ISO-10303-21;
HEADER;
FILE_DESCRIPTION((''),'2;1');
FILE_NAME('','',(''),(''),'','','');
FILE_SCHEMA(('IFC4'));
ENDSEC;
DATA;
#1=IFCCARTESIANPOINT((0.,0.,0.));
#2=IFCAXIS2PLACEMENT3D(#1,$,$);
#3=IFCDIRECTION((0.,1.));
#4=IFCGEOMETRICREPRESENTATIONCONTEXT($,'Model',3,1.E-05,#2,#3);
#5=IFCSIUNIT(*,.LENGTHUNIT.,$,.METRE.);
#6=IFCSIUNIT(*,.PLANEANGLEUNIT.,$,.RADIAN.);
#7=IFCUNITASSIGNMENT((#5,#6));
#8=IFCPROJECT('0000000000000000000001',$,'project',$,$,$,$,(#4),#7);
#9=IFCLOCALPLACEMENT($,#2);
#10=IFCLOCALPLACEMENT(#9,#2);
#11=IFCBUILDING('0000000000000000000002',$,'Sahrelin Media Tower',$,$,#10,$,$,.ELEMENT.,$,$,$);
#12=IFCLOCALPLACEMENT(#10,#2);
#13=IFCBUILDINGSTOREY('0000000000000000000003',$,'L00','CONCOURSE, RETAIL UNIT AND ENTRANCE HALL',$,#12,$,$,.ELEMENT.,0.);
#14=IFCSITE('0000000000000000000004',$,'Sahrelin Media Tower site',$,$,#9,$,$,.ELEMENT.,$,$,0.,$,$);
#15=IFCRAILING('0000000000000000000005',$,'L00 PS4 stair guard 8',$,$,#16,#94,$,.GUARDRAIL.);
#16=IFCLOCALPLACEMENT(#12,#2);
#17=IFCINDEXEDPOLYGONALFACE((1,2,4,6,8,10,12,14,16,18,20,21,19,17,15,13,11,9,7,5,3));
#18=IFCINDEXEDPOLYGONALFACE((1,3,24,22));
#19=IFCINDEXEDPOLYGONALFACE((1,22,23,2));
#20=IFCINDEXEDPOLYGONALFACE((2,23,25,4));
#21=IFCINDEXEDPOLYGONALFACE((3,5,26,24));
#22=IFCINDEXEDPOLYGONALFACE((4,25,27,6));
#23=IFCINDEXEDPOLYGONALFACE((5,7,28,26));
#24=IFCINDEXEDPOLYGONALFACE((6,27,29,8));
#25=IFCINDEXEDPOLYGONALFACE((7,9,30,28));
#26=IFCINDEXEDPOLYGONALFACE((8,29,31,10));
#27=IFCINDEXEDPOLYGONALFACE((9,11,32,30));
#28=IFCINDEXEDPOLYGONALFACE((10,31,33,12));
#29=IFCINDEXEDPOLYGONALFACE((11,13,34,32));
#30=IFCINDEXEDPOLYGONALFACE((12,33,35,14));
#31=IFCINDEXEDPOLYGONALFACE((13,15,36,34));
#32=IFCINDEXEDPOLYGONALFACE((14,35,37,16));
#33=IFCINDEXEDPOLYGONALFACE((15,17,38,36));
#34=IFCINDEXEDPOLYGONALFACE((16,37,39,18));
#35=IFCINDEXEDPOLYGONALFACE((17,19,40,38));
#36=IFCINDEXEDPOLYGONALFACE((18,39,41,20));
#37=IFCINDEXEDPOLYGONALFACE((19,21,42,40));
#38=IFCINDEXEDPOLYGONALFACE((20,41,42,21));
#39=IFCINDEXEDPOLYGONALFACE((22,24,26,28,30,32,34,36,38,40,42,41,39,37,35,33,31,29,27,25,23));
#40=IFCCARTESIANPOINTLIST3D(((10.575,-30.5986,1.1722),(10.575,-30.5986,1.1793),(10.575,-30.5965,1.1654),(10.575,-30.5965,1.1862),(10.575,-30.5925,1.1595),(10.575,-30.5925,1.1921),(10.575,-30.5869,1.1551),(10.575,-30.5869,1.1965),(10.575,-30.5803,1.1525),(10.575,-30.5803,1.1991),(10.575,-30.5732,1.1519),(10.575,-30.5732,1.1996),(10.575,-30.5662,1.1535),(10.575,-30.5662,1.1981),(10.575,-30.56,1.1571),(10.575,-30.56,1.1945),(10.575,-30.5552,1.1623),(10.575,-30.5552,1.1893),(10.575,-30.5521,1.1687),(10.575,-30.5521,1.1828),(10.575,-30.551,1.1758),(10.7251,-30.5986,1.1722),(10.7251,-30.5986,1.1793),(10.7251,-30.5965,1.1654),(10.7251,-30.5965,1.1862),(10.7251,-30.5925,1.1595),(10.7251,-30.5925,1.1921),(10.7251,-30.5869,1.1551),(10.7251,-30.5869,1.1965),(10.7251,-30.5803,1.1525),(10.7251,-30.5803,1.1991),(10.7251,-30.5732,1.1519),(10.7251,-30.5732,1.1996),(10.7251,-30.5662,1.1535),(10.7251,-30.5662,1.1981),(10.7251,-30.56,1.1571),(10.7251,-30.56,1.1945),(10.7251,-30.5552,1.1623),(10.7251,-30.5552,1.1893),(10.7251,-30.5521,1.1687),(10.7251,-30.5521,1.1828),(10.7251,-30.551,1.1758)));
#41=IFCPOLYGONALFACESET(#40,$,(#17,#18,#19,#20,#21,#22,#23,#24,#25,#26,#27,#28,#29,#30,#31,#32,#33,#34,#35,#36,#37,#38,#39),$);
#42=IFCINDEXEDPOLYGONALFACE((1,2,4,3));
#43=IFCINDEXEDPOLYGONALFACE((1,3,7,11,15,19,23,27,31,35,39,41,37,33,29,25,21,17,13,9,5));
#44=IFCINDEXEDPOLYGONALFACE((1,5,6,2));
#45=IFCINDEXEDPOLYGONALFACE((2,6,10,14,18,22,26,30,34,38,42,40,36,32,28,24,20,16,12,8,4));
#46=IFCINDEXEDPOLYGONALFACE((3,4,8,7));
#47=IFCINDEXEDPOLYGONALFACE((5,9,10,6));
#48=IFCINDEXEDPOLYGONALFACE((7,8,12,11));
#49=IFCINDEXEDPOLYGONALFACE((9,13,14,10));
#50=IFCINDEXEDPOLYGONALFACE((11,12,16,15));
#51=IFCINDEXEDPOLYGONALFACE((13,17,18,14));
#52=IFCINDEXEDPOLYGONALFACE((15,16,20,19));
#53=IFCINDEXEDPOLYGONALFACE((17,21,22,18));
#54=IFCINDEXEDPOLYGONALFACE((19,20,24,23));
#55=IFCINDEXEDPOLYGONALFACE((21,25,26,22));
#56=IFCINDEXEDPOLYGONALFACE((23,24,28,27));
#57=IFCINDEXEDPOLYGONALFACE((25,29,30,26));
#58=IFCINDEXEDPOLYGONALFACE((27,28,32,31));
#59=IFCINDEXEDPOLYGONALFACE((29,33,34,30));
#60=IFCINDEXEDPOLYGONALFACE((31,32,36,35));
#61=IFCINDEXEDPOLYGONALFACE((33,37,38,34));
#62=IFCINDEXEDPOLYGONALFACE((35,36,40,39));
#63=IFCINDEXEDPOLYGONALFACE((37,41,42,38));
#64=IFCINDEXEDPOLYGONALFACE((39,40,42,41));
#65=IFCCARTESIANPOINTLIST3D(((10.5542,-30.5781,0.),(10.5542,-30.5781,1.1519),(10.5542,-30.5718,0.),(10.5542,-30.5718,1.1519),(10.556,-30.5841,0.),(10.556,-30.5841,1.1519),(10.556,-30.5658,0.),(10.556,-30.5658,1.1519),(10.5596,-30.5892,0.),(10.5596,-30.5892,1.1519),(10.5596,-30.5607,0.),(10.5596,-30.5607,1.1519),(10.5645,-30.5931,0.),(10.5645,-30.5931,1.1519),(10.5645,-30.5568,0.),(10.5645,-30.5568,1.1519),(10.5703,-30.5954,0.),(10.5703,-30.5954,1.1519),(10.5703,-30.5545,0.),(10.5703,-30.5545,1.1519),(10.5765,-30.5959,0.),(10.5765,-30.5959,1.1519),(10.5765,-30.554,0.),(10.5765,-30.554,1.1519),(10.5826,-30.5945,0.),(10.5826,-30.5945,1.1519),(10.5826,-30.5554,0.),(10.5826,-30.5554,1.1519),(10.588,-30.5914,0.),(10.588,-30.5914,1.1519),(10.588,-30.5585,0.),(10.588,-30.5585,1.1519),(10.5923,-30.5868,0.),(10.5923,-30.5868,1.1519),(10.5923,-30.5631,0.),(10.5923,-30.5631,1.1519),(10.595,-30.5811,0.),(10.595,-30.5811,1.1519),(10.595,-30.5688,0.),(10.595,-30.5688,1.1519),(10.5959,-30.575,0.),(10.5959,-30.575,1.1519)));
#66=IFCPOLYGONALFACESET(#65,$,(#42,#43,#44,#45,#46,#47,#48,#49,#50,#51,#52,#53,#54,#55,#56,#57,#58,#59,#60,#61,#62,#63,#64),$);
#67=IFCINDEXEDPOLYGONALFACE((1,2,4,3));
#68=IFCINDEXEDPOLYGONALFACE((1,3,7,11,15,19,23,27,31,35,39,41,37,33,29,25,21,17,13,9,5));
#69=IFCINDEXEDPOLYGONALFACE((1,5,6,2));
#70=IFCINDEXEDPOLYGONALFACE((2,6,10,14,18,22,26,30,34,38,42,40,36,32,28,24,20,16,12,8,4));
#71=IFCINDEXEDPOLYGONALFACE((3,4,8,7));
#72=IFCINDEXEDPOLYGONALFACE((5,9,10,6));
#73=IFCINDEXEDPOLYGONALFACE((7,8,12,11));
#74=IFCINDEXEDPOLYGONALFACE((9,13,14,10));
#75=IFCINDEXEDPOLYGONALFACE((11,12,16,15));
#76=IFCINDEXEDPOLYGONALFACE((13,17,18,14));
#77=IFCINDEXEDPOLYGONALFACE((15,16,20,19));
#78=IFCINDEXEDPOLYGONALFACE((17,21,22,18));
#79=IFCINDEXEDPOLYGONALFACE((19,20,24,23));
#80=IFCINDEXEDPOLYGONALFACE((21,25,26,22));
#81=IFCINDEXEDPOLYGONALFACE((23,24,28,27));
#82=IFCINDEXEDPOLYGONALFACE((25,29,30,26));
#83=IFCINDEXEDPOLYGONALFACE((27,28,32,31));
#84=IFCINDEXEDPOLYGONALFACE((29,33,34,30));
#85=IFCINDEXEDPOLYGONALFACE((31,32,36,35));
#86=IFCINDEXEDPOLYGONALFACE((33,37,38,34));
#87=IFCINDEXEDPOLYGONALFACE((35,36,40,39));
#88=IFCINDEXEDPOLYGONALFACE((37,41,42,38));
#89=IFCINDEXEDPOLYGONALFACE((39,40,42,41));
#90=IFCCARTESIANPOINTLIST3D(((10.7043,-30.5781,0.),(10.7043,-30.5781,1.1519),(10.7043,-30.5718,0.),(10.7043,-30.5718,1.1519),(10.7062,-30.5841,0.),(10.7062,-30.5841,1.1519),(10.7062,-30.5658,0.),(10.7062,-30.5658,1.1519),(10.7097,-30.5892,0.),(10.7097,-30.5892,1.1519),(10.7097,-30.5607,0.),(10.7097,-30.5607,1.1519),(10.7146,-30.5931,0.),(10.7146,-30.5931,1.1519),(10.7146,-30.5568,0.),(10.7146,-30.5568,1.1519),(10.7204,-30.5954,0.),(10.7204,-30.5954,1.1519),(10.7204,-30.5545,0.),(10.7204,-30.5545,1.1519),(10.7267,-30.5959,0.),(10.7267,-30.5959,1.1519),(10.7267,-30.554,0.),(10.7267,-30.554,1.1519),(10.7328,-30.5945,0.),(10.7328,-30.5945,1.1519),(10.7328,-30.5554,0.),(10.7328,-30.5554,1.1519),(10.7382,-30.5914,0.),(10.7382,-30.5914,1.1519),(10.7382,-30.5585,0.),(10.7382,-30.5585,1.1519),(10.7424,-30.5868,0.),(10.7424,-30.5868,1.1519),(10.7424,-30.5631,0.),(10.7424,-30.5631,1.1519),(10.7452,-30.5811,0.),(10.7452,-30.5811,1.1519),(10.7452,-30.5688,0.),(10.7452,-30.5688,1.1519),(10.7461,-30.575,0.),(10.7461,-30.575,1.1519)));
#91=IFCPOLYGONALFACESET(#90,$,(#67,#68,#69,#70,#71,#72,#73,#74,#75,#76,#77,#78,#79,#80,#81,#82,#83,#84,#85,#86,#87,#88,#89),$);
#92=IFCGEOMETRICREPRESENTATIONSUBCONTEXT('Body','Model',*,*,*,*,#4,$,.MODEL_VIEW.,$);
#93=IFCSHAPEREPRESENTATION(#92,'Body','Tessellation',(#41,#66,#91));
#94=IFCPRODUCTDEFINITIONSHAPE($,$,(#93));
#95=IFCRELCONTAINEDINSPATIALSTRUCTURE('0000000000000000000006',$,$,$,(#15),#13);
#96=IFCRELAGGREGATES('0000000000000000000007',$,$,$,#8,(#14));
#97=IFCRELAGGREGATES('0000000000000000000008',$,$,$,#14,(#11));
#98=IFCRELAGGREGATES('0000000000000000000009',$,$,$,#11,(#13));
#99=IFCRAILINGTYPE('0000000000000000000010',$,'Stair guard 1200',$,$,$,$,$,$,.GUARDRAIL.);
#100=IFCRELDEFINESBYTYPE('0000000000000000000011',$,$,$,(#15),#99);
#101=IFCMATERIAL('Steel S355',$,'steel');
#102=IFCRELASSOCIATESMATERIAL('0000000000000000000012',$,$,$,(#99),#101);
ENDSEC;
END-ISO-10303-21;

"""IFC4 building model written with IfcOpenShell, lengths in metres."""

from ifc_helpers import new_model, si_unit, direction, frame, origin, origin_2d, place, context, subcontext, project, spatial, circle, extrude, material, type_object, element, save


model = new_model("IFC4")

# Units and contexts
model_context = context("Model", 3, precision=1e-05, world=origin(), true_north=direction((0.0, 1.0)))
body_context = subcontext(model_context, "Body", "Model", "MODEL_VIEW")
ifc_project = project(units=[si_unit("LENGTHUNIT", "METRE"), si_unit("PLANEANGLEUNIT", "RADIAN")], contexts=[model_context])

# Site, building, storey
site_placement = place(None, origin())
site = spatial("IfcSite", under=ifc_project, at=site_placement, Name="Sahrelin Media Tower site", CompositionType="ELEMENT", RefElevation=0.0)
building_placement = place(site_placement, origin())
building = spatial("IfcBuilding", under=site, at=building_placement, Name="Sahrelin Media Tower", CompositionType="ELEMENT")
storey_placement = place(building_placement, origin())
storey = spatial("IfcBuildingStorey", under=building, at=storey_placement, Name="L00", Description="CONCOURSE, RETAIL UNIT AND ENTRANCE HALL", CompositionType="ELEMENT", Elevation=0.0)

# Shared definitions
ifc_material_1 = material(Name="Steel S355", Category="steel")

# Railing
railing_type_1 = type_object("IfcRailingType", Name="Stair guard 1200", PredefinedType="GUARDRAIL", material=ifc_material_1)
railing_1_placement = place(storey_placement, frame((10.575, -30.575, 0.0)))
element("IfcRailing", 1, at=railing_1_placement, inside=storey, type_object=railing_type_1, Name="L00 PS4 stair guard 8", PredefinedType="GUARDRAIL", context=body_context, shape_type="SweptSolid", body=[
    extrude(circle(Radius=0.0239, at=origin_2d()), frame((0.0, 0.0, 1.1758), z_axis=(1.0, 0.0, 0.0), x_axis=(0.0, 1.0, 0.0)), (0.0, 0.0, 1.0), 0.1501),
    extrude(circle(Radius=0.021, at=origin_2d()), origin(), (0.0, 0.0, 1.0), 1.1519),
    extrude(circle(Radius=0.021, at=origin_2d()), frame((0.1501, 0.0, 0.0)), (0.0, 0.0, 1.0), 1.1519),
])

save(model, "model.ifc")
